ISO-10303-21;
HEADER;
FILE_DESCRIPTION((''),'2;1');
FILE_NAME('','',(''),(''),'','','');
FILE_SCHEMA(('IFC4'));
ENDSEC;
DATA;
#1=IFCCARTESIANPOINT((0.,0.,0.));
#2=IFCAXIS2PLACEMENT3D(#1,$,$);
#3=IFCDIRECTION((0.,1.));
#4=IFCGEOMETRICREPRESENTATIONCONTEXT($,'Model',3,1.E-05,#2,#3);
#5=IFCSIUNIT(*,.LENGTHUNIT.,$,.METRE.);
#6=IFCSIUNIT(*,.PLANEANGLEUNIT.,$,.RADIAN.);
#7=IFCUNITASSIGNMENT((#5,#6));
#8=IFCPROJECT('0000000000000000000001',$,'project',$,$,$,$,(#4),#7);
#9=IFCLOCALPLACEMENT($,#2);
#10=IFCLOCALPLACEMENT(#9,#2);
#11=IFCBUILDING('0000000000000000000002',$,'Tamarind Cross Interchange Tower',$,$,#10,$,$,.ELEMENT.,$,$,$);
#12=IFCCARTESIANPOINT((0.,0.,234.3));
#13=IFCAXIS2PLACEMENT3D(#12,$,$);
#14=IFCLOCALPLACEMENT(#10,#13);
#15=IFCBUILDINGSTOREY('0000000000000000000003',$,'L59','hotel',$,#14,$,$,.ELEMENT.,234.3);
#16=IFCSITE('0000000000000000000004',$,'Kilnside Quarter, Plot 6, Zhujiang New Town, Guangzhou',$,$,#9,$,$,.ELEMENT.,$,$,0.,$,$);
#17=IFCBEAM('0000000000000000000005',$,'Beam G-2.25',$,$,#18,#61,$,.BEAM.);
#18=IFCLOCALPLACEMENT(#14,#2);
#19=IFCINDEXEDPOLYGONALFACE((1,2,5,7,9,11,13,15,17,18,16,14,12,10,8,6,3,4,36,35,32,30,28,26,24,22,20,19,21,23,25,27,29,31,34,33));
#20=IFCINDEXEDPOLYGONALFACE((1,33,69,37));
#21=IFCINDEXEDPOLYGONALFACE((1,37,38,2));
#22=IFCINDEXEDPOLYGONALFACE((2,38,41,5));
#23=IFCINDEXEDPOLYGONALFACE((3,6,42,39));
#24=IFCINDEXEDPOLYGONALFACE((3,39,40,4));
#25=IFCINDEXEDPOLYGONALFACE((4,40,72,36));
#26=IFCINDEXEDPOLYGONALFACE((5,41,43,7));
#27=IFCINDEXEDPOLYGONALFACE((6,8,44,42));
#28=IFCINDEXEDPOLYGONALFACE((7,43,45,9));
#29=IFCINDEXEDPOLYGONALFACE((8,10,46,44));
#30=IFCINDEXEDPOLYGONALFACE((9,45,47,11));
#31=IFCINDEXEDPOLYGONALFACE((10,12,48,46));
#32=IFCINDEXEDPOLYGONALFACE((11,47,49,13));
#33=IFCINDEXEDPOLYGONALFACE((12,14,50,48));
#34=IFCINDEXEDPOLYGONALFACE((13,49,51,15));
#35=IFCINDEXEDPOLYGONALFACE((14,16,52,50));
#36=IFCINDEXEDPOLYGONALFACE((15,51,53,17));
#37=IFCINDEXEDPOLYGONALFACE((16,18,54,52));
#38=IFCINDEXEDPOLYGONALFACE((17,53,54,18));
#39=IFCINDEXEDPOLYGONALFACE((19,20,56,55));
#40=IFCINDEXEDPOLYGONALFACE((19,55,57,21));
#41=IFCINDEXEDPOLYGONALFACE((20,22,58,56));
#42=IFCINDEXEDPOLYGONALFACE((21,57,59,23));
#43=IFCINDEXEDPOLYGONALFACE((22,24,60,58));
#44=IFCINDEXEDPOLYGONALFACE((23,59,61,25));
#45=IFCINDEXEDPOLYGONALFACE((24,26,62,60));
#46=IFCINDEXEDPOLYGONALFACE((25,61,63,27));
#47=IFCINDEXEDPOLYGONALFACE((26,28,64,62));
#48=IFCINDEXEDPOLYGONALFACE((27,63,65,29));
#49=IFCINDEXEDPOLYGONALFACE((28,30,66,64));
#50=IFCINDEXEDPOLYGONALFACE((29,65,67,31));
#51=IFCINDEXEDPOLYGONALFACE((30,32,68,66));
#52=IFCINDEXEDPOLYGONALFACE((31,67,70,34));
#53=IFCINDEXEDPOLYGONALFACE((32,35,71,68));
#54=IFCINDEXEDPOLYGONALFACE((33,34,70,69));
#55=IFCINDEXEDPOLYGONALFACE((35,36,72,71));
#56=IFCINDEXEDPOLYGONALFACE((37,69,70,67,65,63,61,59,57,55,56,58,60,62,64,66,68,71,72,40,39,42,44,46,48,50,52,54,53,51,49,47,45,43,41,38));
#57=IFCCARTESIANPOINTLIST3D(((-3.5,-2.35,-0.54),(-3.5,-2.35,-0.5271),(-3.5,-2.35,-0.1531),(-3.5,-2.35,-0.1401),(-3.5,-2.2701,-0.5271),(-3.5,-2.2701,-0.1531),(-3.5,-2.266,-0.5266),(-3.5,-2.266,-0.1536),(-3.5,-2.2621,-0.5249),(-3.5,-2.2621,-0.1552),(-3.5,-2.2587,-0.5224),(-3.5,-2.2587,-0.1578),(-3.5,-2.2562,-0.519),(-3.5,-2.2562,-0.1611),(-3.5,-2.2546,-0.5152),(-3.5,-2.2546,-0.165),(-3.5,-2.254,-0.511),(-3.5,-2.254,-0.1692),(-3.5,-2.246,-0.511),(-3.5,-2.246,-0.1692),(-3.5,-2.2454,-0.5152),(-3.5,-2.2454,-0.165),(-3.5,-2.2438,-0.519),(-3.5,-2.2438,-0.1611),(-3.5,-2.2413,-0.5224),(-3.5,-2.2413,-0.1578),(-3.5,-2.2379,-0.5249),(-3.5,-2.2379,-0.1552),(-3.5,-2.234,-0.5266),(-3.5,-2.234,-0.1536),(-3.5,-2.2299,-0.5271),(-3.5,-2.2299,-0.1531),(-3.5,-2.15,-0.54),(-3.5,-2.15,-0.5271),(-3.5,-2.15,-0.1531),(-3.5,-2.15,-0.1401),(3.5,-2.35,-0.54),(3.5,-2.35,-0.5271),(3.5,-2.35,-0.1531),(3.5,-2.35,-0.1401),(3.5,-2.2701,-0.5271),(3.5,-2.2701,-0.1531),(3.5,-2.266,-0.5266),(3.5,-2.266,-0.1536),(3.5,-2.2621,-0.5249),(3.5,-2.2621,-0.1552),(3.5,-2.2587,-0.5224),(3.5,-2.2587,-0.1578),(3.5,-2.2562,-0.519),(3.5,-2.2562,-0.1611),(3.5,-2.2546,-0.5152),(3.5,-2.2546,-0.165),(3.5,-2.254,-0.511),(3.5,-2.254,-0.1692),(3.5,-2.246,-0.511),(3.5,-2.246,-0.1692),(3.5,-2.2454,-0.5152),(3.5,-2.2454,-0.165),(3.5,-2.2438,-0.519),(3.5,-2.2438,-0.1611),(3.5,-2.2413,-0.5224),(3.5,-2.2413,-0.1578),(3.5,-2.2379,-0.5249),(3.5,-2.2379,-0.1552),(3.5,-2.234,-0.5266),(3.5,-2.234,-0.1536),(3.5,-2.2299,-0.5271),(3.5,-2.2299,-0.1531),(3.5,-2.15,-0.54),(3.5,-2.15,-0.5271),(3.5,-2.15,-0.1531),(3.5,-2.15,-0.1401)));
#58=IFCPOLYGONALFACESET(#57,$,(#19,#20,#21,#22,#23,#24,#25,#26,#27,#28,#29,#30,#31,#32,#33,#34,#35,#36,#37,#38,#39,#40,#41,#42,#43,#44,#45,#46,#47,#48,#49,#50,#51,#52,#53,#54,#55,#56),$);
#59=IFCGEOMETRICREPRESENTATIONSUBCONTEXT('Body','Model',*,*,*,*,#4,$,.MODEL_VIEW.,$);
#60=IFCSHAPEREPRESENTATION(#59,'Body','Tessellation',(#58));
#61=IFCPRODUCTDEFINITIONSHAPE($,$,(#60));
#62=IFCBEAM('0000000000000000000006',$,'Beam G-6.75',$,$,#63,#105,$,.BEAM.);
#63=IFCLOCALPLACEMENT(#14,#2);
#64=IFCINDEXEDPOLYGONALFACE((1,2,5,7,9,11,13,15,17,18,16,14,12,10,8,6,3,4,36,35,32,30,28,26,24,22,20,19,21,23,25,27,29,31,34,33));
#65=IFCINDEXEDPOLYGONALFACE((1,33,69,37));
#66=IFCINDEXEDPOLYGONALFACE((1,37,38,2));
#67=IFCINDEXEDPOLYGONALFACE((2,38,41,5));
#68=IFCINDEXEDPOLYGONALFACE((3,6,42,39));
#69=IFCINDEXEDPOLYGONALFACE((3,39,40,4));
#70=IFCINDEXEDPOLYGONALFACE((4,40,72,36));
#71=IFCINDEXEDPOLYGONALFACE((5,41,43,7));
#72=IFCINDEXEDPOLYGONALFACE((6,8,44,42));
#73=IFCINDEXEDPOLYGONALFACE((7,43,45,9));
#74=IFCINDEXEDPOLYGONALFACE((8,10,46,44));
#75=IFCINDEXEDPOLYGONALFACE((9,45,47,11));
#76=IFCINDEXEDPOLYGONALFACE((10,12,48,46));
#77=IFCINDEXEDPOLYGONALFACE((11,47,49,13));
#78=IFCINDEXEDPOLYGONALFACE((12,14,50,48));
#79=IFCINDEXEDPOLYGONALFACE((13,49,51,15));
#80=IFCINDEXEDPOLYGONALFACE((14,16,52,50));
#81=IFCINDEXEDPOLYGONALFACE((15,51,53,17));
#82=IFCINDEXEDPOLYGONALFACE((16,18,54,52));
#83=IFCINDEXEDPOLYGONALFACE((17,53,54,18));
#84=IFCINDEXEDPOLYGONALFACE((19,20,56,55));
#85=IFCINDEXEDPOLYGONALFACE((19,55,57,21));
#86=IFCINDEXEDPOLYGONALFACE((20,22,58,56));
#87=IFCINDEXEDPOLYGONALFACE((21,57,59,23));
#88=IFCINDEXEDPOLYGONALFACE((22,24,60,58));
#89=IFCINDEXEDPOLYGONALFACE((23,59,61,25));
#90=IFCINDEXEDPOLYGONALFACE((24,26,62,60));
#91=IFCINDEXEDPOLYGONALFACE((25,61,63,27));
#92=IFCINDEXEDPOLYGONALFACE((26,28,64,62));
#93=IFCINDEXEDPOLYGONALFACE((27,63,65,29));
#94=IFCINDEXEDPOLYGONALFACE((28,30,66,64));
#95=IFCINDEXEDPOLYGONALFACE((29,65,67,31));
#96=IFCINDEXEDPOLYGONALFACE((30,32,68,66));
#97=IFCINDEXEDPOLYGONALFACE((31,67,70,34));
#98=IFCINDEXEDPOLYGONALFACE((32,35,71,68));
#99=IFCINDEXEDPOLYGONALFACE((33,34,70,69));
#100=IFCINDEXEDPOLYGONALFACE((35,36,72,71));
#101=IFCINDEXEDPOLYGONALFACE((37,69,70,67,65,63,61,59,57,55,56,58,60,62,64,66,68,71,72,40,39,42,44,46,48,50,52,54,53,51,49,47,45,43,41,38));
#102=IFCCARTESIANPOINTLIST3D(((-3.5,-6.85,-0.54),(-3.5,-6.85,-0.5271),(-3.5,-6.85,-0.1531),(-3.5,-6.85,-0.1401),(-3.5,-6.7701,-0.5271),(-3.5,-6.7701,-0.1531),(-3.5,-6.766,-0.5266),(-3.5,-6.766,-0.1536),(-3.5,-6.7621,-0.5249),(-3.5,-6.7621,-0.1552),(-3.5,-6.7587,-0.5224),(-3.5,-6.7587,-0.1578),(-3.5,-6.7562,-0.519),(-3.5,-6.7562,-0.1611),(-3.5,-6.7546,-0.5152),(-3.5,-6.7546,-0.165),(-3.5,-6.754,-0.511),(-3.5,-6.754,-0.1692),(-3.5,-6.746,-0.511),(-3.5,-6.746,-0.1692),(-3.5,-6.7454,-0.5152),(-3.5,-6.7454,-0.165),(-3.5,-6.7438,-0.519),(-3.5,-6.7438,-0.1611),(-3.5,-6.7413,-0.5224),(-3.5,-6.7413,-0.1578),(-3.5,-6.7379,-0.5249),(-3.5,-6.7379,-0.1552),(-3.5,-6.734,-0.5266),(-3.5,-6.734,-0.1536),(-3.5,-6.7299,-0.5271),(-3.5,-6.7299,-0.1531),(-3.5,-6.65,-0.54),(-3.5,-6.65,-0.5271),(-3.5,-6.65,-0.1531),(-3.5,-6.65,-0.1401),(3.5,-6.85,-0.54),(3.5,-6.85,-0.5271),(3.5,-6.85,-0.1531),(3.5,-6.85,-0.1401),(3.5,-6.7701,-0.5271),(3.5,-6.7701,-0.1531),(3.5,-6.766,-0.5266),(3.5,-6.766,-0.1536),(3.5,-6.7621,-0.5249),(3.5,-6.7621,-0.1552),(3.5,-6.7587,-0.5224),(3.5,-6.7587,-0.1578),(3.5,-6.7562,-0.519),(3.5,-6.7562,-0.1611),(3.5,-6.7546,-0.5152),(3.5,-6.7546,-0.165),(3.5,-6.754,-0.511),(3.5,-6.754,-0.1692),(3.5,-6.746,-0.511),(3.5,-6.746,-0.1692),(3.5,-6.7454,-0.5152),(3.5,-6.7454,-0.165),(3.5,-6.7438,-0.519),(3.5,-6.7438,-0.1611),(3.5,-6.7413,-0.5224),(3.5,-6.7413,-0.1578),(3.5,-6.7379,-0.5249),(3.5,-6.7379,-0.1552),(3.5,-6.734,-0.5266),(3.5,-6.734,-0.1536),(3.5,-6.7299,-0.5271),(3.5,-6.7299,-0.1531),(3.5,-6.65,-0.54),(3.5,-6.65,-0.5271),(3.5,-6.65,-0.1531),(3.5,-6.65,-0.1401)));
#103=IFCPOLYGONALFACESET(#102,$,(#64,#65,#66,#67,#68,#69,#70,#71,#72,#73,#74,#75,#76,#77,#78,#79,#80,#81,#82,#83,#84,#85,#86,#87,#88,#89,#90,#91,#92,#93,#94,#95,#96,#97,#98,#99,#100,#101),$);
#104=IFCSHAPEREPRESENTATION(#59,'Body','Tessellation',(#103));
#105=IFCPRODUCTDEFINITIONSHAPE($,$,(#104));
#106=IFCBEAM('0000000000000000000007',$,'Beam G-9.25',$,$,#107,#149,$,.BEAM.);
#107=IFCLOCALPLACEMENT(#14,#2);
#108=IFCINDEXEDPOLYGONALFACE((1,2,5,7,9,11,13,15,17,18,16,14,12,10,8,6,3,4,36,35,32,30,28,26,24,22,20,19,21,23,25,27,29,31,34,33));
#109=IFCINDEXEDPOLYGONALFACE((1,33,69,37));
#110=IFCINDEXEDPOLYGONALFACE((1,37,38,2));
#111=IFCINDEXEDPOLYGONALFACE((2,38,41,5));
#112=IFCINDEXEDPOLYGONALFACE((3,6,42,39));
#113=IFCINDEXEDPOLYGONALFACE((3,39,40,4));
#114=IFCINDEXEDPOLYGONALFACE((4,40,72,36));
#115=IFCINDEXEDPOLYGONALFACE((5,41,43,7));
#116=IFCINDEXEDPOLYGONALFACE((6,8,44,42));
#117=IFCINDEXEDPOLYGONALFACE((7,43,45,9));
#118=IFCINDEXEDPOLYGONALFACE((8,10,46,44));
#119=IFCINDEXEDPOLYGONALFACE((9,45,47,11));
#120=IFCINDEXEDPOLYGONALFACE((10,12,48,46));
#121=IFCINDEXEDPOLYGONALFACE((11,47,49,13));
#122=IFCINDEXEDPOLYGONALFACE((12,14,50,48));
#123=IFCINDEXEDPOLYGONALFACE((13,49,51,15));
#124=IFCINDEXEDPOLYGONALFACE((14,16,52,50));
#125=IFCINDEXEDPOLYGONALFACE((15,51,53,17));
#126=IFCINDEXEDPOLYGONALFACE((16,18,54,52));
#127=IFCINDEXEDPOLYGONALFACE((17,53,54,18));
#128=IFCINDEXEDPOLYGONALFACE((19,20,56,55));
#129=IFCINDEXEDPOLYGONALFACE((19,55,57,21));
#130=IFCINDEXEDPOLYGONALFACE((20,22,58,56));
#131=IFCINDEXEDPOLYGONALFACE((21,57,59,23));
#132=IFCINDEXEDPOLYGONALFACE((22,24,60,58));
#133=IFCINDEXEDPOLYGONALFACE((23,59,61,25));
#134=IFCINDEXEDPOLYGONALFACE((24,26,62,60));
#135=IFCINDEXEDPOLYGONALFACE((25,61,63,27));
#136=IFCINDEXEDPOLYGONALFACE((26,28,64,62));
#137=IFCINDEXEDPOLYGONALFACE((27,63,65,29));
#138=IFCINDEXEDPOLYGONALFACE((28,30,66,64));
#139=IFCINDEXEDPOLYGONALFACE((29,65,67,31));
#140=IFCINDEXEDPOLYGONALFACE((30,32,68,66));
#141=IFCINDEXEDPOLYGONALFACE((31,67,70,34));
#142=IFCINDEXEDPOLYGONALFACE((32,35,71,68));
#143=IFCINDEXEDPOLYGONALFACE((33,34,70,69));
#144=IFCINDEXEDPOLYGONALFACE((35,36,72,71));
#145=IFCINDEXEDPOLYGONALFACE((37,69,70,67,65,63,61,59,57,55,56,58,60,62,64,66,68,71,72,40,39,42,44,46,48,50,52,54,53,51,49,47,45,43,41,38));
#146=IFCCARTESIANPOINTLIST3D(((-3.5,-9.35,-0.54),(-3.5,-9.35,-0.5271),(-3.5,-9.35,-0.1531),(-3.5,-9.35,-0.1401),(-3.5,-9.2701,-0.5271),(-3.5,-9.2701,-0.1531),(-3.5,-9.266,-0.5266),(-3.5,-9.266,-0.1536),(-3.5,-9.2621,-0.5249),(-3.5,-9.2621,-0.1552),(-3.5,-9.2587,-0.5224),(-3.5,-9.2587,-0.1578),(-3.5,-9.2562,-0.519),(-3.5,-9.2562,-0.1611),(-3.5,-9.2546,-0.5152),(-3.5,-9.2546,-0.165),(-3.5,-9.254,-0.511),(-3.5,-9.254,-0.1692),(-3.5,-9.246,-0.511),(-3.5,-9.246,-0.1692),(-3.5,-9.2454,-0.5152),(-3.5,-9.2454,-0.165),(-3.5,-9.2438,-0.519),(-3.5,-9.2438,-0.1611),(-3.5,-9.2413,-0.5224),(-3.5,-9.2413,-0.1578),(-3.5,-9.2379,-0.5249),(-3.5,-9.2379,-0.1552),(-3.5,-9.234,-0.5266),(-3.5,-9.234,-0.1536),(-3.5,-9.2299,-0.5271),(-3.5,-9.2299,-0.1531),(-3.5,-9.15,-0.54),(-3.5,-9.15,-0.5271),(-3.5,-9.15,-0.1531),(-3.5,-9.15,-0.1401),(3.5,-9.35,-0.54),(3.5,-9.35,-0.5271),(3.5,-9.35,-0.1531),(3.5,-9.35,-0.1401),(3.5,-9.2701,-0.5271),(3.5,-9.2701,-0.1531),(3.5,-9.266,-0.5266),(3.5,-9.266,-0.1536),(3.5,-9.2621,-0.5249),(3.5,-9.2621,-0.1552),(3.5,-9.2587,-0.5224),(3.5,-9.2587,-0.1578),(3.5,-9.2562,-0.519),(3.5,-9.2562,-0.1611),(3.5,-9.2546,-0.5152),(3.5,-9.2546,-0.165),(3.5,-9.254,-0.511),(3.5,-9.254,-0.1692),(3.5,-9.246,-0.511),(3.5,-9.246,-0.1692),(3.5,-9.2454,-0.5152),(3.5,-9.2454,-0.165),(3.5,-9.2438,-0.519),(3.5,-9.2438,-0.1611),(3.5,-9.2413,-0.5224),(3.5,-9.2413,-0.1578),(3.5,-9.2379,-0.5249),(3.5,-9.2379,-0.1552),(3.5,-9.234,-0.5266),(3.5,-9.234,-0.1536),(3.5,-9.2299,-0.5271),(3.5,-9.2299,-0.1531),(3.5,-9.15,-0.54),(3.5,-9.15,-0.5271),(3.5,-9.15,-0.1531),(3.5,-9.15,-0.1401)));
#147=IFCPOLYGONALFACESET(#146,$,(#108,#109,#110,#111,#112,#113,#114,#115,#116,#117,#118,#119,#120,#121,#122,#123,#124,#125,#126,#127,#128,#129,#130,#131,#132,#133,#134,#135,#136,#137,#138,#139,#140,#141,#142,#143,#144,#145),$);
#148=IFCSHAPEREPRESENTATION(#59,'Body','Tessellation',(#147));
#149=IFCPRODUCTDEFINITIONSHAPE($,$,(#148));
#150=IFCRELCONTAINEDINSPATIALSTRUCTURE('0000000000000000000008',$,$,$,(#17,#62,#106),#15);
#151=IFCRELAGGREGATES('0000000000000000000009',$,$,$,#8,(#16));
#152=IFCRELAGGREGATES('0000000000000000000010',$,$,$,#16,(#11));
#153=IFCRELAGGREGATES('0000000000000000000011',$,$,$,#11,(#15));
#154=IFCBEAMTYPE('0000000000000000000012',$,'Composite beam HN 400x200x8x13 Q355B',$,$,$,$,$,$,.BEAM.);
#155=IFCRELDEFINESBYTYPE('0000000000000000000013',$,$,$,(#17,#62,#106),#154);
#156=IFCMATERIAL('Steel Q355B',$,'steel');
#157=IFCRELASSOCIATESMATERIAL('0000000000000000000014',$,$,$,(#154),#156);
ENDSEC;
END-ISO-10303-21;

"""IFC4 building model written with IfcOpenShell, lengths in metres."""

from ifc_helpers import new_model, si_unit, direction, frame, origin, origin_2d, place, context, subcontext, project, spatial, i_section, extrude, material, material_profile, profile_set, type_object, element, save


model = new_model("IFC4")

# Units and contexts
model_context = context("Model", 3, precision=1e-05, world=origin(), true_north=direction((0.0, 1.0)))
body_context = subcontext(model_context, "Body", "Model", "MODEL_VIEW")
ifc_project = project(units=[si_unit("LENGTHUNIT", "METRE"), si_unit("PLANEANGLEUNIT", "RADIAN")], contexts=[model_context])

# Site, building, storey
site_placement = place(None, origin())
site = spatial("IfcSite", under=ifc_project, at=site_placement, Name="Kilnside Quarter, Plot 6, Zhujiang New Town, Guangzhou", CompositionType="ELEMENT", RefElevation=0.0)
building_placement = place(site_placement, origin())
building = spatial("IfcBuilding", under=site, at=building_placement, Name="Tamarind Cross Interchange Tower", CompositionType="ELEMENT")
storey_placement = place(building_placement, frame((0.0, 0.0, 234.3)))
storey = spatial("IfcBuildingStorey", under=building, at=storey_placement, Name="L59", Description="hotel", CompositionType="ELEMENT", Elevation=234.3)

# Beams
ifc_material_1 = material(Name="Steel Q355B", Category="steel")
ifc_material_profile = material_profile(ifc_material_1, i_section(OverallWidth=0.2, OverallDepth=0.3999, WebThickness=0.0081, FlangeThickness=0.0129, FilletRadius=0.0161, at=origin_2d()), Name="HN 400x200x8x13")
ifc_profile_set = profile_set([ifc_material_profile], Name="Steel Q355B")
beam_type = type_object("IfcBeamType", Name="Composite beam HN 400x200x8x13 Q355B", PredefinedType="BEAM", material=ifc_profile_set)
for number, where, z_axis, x_axis, name in (
    (1, (-3.5, -2.25, -0.3401), (1.0, 0.0, 0.0), (0.0, 1.0, 0.0), "Beam G-2.25"),
    (2, (-3.5, -6.75, -0.3401), (1.0, 0.0, 0.0), (0.0, 1.0, 0.0), "Beam G-6.75"),
    (3, (-3.5, -9.25, -0.3401), (1.0, 0.0, 0.0), (0.0, 1.0, 0.0), "Beam G-9.25"),
):
    element("IfcBeam", number, at=place(storey_placement, frame(where, z_axis=z_axis, x_axis=x_axis)), inside=storey, type_object=beam_type, Name=name, PredefinedType="BEAM", context=body_context, shape_type="SweptSolid", body=[
        extrude(i_section(OverallWidth=0.2, OverallDepth=0.3999, WebThickness=0.0081, FlangeThickness=0.0129, FilletRadius=0.0161, at=origin_2d()), origin(), (0.0, 0.0, 1.0), 7.0),
    ])

save(model, "model.ifc")
